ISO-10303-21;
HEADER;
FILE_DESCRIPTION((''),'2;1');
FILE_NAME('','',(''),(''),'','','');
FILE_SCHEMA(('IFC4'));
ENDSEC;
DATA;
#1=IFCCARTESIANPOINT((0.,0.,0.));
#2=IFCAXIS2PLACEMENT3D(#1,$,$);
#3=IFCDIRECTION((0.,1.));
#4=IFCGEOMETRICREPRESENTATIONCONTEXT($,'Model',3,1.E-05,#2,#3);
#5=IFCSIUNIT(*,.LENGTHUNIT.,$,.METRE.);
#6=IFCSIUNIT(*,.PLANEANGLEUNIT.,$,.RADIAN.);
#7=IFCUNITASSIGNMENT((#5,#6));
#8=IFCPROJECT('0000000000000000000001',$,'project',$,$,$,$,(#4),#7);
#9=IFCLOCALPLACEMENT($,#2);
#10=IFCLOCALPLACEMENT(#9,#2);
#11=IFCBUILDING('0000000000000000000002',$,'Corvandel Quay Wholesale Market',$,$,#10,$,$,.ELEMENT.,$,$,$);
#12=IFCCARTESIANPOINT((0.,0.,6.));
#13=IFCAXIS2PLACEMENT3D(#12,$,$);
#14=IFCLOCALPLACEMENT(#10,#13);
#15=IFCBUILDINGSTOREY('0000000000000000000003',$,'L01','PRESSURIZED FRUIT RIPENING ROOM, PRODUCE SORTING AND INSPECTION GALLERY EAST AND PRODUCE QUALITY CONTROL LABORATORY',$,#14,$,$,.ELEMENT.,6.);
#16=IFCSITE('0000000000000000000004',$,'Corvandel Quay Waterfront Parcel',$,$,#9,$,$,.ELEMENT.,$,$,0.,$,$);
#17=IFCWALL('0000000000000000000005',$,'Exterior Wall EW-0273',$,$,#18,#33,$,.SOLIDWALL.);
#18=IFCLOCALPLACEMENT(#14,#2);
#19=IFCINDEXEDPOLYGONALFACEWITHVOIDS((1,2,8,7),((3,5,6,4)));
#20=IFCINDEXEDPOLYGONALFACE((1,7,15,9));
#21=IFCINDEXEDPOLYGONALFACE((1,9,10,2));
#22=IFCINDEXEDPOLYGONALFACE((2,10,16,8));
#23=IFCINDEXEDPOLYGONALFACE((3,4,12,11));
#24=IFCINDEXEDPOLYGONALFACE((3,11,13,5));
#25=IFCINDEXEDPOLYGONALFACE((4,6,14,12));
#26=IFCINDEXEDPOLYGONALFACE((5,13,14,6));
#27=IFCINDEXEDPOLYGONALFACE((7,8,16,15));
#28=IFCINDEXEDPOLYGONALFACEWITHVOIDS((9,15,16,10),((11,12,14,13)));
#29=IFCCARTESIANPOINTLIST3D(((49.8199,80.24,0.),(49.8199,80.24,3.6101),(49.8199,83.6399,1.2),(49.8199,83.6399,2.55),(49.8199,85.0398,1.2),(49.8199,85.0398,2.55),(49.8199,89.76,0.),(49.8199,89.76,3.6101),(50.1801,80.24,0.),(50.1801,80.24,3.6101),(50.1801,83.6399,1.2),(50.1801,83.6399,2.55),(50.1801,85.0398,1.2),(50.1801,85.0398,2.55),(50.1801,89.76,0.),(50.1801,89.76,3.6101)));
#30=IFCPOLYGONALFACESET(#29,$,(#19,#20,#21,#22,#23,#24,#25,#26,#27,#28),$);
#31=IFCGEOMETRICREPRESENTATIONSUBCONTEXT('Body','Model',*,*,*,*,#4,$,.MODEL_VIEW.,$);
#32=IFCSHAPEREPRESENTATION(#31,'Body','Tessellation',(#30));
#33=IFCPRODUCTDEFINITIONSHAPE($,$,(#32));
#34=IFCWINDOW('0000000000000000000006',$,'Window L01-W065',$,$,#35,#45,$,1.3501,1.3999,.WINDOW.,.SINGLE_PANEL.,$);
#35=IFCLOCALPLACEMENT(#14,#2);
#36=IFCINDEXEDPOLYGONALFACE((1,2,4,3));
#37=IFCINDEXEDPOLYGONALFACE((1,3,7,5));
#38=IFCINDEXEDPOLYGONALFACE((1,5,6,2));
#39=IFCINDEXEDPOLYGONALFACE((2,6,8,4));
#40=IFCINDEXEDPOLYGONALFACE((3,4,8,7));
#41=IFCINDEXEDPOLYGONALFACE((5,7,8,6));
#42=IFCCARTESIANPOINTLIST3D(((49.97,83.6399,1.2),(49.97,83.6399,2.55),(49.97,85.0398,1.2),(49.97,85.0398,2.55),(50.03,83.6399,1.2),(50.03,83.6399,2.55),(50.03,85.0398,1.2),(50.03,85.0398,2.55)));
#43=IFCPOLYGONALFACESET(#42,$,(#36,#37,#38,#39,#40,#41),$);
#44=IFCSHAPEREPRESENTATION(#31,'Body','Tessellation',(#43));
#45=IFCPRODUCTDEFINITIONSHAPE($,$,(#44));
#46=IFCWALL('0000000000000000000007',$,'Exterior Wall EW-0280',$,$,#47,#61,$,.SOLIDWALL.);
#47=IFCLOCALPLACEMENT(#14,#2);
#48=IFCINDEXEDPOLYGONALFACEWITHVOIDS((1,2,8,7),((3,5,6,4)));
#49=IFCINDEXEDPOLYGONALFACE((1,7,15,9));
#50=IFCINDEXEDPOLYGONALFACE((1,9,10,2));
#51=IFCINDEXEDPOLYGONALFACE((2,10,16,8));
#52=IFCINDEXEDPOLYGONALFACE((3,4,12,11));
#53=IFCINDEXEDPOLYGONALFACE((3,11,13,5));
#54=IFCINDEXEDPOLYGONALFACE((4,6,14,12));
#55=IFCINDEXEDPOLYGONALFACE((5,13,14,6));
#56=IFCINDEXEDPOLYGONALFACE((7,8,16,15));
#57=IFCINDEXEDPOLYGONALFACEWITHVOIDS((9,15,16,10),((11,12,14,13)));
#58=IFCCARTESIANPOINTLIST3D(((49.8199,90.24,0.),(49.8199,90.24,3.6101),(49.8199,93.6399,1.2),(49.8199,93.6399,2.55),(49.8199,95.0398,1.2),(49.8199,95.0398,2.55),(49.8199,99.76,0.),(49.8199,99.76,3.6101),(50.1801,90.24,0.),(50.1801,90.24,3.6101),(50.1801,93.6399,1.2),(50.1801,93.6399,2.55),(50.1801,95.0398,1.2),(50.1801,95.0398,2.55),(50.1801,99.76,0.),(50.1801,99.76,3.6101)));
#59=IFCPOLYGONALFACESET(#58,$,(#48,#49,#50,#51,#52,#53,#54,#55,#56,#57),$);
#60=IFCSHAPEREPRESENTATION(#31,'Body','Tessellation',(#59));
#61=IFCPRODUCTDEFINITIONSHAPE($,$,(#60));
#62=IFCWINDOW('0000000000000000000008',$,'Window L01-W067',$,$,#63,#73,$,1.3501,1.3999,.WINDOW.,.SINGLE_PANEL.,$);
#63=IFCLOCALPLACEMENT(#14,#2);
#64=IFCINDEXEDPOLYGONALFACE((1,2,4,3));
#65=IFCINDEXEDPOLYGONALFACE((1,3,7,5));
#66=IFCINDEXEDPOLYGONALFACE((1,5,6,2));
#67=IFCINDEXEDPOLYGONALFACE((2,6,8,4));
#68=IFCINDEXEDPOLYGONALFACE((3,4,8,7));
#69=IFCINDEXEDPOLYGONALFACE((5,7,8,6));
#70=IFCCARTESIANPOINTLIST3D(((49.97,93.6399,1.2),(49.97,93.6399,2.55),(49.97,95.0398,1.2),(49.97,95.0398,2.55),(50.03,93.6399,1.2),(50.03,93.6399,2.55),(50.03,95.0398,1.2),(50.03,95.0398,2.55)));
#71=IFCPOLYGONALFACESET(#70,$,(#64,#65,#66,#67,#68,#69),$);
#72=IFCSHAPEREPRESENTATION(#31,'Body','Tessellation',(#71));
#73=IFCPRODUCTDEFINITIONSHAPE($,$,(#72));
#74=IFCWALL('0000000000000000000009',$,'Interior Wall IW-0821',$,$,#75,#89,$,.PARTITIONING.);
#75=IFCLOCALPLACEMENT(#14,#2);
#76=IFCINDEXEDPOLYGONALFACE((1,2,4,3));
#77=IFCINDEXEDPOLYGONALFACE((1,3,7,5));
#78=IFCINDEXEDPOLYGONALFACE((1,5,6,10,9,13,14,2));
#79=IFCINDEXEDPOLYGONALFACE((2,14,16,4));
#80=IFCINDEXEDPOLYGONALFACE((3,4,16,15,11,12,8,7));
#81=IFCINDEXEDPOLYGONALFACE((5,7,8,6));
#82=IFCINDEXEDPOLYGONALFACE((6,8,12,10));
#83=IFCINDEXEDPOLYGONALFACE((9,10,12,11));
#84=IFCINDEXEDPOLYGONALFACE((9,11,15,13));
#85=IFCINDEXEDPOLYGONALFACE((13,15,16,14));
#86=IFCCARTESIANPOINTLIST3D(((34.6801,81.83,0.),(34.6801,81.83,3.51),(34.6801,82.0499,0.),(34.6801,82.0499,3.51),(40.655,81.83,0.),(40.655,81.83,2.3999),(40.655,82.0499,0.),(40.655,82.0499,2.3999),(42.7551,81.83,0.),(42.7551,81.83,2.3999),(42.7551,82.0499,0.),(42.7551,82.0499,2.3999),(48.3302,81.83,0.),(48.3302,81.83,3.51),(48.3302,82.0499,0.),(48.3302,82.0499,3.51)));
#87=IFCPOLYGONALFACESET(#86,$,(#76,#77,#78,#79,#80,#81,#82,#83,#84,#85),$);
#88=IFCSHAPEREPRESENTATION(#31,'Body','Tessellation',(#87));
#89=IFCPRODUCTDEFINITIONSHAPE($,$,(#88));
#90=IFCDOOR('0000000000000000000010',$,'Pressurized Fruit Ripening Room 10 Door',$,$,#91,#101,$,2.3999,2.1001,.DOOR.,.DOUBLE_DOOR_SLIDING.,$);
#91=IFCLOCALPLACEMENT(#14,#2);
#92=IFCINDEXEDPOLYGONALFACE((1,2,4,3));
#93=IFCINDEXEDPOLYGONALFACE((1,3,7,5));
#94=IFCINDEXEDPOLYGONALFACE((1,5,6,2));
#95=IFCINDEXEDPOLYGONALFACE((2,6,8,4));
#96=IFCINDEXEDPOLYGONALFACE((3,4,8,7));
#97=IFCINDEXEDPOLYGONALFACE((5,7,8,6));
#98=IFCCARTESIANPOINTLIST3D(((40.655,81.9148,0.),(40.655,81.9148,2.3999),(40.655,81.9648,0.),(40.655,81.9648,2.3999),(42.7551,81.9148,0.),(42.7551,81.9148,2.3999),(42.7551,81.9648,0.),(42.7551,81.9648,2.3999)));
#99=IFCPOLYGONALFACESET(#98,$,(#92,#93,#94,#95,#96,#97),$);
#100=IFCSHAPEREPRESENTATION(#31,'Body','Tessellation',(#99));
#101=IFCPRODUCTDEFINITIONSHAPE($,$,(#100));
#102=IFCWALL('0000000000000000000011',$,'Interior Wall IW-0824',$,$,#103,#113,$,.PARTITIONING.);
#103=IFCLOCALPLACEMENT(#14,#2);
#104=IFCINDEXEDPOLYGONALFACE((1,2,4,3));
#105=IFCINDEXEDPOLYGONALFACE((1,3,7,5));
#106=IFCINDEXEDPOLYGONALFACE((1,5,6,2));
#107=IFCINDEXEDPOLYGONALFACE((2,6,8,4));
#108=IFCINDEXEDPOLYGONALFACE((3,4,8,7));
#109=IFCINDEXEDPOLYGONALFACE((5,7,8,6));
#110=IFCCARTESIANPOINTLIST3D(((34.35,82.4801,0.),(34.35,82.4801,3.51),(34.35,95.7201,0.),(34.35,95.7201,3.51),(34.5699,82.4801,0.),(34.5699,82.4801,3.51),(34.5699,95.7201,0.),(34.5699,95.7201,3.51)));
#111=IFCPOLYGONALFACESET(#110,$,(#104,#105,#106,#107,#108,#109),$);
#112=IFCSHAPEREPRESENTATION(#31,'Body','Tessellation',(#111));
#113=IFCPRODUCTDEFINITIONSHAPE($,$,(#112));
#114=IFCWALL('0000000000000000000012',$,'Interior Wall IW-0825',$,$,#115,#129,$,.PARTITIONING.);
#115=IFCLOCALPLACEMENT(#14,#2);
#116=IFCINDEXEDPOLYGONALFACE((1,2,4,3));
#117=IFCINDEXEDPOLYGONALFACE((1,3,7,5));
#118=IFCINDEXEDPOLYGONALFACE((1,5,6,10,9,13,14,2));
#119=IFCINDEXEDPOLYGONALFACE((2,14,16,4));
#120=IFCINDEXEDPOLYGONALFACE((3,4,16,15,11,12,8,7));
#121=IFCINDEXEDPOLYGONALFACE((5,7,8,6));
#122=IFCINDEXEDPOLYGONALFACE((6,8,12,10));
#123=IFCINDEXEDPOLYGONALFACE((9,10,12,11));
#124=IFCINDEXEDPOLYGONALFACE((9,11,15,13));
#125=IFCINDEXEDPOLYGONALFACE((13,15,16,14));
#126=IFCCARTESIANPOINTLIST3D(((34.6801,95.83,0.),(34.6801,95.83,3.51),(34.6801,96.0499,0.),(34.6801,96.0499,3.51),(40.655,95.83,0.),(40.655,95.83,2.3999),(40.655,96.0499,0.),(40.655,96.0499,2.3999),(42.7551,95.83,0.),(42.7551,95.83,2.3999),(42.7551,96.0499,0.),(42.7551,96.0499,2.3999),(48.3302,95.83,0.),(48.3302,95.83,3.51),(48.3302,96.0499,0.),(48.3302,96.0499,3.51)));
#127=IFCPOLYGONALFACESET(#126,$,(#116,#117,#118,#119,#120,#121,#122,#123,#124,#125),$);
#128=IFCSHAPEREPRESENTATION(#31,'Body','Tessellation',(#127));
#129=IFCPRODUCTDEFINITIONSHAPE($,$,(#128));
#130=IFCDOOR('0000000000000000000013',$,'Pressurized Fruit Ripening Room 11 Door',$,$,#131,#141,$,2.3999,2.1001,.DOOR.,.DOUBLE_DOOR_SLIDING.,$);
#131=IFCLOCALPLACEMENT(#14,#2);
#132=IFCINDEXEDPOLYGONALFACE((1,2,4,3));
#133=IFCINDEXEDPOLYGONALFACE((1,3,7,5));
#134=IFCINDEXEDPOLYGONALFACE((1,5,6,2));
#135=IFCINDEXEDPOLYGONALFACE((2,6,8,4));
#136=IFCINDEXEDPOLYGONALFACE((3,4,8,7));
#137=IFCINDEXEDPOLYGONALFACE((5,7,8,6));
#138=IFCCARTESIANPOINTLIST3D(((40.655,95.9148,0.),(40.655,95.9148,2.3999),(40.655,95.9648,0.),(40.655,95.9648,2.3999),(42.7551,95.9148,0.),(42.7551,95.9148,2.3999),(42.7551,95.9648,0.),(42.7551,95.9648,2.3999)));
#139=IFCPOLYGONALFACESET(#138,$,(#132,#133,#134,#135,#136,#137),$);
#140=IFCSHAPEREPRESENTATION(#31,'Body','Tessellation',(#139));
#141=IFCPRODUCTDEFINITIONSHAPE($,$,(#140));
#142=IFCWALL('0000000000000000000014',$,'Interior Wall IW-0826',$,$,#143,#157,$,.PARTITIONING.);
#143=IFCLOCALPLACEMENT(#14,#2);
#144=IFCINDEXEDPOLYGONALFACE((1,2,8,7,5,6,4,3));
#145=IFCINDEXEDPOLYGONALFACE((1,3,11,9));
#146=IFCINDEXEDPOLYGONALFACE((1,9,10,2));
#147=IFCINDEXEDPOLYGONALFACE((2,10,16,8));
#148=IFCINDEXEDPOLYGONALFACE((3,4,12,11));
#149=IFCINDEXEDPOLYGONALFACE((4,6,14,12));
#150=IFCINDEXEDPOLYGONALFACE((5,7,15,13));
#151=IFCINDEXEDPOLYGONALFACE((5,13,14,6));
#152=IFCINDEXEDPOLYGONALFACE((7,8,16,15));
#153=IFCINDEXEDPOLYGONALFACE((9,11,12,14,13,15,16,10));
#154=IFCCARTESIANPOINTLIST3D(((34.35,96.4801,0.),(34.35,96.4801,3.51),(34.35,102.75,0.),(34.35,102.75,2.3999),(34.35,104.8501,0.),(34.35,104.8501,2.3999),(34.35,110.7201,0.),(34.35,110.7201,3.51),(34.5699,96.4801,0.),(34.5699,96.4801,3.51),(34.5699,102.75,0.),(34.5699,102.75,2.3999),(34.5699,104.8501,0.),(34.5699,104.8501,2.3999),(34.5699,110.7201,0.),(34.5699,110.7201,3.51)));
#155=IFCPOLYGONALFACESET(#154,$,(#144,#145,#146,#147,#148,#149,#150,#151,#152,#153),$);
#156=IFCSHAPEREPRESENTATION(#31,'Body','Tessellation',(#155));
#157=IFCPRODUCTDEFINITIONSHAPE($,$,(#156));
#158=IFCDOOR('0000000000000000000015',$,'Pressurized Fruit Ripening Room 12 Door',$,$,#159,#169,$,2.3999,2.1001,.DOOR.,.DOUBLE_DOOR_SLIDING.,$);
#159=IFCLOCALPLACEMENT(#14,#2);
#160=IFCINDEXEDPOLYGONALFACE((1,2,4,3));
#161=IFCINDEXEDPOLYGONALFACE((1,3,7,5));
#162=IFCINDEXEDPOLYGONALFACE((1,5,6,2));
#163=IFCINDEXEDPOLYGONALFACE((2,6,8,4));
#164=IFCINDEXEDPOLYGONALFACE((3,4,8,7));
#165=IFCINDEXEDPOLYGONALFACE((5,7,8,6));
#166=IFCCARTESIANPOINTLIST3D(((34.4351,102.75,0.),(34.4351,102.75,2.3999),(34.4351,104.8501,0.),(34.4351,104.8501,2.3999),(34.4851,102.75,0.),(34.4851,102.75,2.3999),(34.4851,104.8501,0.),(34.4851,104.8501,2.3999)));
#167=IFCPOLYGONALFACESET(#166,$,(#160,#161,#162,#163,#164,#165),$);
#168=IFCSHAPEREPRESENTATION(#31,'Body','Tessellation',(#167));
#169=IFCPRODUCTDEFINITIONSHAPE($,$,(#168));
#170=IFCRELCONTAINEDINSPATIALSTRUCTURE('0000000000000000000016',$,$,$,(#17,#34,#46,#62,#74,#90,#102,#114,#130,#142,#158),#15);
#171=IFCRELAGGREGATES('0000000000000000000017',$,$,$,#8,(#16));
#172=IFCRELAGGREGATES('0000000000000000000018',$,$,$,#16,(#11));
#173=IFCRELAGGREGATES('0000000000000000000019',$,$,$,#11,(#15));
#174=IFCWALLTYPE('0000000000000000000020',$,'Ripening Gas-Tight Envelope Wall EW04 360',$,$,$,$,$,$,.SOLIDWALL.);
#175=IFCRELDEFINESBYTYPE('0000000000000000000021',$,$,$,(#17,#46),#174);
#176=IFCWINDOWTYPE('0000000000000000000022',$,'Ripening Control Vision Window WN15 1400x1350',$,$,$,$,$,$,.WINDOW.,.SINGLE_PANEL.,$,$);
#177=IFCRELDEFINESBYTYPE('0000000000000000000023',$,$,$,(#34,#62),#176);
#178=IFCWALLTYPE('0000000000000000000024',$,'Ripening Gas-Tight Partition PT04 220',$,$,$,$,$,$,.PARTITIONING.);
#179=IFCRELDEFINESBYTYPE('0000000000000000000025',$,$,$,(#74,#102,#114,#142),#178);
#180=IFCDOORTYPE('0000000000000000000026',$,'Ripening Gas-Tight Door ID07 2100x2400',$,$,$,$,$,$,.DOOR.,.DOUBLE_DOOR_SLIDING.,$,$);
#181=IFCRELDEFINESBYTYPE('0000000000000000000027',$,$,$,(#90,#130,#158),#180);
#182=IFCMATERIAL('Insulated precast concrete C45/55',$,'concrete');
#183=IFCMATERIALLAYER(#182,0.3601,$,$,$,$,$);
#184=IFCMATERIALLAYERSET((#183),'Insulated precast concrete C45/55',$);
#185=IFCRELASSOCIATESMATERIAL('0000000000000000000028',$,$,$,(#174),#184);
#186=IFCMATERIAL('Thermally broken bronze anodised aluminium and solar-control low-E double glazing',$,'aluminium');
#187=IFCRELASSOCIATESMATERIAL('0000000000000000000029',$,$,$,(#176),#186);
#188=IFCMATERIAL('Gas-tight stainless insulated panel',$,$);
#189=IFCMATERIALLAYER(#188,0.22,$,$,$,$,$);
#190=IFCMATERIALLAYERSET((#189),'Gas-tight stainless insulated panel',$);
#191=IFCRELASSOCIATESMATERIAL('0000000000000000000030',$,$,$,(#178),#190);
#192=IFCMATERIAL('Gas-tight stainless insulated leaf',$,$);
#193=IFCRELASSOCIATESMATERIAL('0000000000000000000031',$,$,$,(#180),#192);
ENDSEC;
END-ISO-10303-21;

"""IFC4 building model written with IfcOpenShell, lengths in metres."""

from ifc_helpers import new_model, si_unit, direction, frame, frame_2d, origin, place, context, subcontext, project, spatial, rectangle, extrude, material, layer, layer_set, type_object, element, fill, save


model = new_model("IFC4")

# Units and contexts
model_context = context("Model", 3, precision=1e-05, world=origin(), true_north=direction((0.0, 1.0)))
body_context = subcontext(model_context, "Body", "Model", "MODEL_VIEW")
ifc_project = project(units=[si_unit("LENGTHUNIT", "METRE"), si_unit("PLANEANGLEUNIT", "RADIAN")], contexts=[model_context])

# Site, building, storey
site_placement = place(None, origin())
site = spatial("IfcSite", under=ifc_project, at=site_placement, Name="Corvandel Quay Waterfront Parcel", CompositionType="ELEMENT", RefElevation=0.0)
building_placement = place(site_placement, origin())
building = spatial("IfcBuilding", under=site, at=building_placement, Name="Corvandel Quay Wholesale Market", CompositionType="ELEMENT")
storey_placement = place(building_placement, frame((0.0, 0.0, 6.0)))
storey = spatial("IfcBuildingStorey", under=building, at=storey_placement, Name="L01", Description="PRESSURIZED FRUIT RIPENING ROOM, PRODUCE SORTING AND INSPECTION GALLERY EAST AND PRODUCE QUALITY CONTROL LABORATORY", CompositionType="ELEMENT", Elevation=6.0)

# Walls, openings, windows
ifc_material_1 = material(Name="Insulated precast concrete C45/55", Category="concrete")
ifc_layer_1 = layer(ifc_material_1, 0.3601)
ifc_layer_set_1 = layer_set([ifc_layer_1], Name="Insulated precast concrete C45/55")
wall_type_1 = type_object("IfcWallType", Name="Ripening Gas-Tight Envelope Wall EW04 360", PredefinedType="SOLIDWALL", material=ifc_layer_set_1)
wall_1_placement = place(storey_placement, frame((50.0, 80.24, 0.0), z_axis=(0.0, 0.0, 1.0), x_axis=(0.0, 1.0, 0.0)))
wall_1 = element("IfcWall", 1, at=wall_1_placement, inside=storey, type_object=wall_type_1, Name="Exterior Wall EW-0273", PredefinedType="SOLIDWALL", context=body_context, shape_type="SweptSolid", body=[
    extrude(rectangle(XDim=9.52, YDim=0.3601, at=frame_2d((4.76, 0.0))), origin(), (0.0, 0.0, 1.0), 3.6101),
])
opening_1_placement = place(wall_1_placement, frame((3.3999, 0.0, 1.2)))
opening_1 = element("IfcOpeningElement", 2, at=opening_1_placement, cuts=wall_1, PredefinedType="OPENING", context=body_context, shape_type="SweptSolid", body=[
    extrude(rectangle(XDim=1.3999, YDim=1.3501, at=frame_2d((0.7, 0.675))), frame((0.0, 0.1899, 0.0), z_axis=(0.0, -1.0, 0.0), x_axis=(1.0, 0.0, 0.0)), (0.0, 0.0, 1.0), 0.3801),
])
ifc_material_2 = material(Name="Thermally broken bronze anodised aluminium and solar-control low-E double glazing", Category="aluminium")
window_type = type_object("IfcWindowType", Name="Ripening Control Vision Window WN15 1400x1350", PartitioningType="SINGLE_PANEL", PredefinedType="WINDOW", material=ifc_material_2)
window_1_placement = place(opening_1_placement, origin())
window_1 = element("IfcWindow", 3, at=window_1_placement, inside=storey, type_object=window_type, Name="Window L01-W065", OverallHeight=1.3501, OverallWidth=1.3999, PartitioningType="SINGLE_PANEL", PredefinedType="WINDOW", context=body_context, shape_type="SweptSolid", body=[
    extrude(rectangle(XDim=1.3999, YDim=1.3501, at=frame_2d((0.7, 0.675))), frame((0.0, 0.03, 0.0), z_axis=(0.0, -1.0, 0.0), x_axis=(1.0, 0.0, 0.0)), (0.0, 0.0, 1.0), 0.0601),
])
fill(opening_1, window_1)
wall_2_placement = place(storey_placement, frame((50.0, 90.24, 0.0), z_axis=(0.0, 0.0, 1.0), x_axis=(0.0, 1.0, 0.0)))
wall_2 = element("IfcWall", 4, at=wall_2_placement, inside=storey, type_object=wall_type_1, Name="Exterior Wall EW-0280", PredefinedType="SOLIDWALL", context=body_context, shape_type="SweptSolid", body=[
    extrude(rectangle(XDim=9.52, YDim=0.3601, at=frame_2d((4.76, 0.0))), origin(), (0.0, 0.0, 1.0), 3.6101),
])
opening_2_placement = place(wall_2_placement, frame((3.3999, 0.0, 1.2)))
opening_2 = element("IfcOpeningElement", 5, at=opening_2_placement, cuts=wall_2, PredefinedType="OPENING", context=body_context, shape_type="SweptSolid", body=[
    extrude(rectangle(XDim=1.3999, YDim=1.3501, at=frame_2d((0.7, 0.675))), frame((0.0, 0.1899, 0.0), z_axis=(0.0, -1.0, 0.0), x_axis=(1.0, 0.0, 0.0)), (0.0, 0.0, 1.0), 0.3801),
])
window_2_placement = place(opening_2_placement, origin())
window_2 = element("IfcWindow", 6, at=window_2_placement, inside=storey, type_object=window_type, Name="Window L01-W067", OverallHeight=1.3501, OverallWidth=1.3999, PartitioningType="SINGLE_PANEL", PredefinedType="WINDOW", context=body_context, shape_type="SweptSolid", body=[
    extrude(rectangle(XDim=1.3999, YDim=1.3501, at=frame_2d((0.7, 0.675))), frame((0.0, 0.03, 0.0), z_axis=(0.0, -1.0, 0.0), x_axis=(1.0, 0.0, 0.0)), (0.0, 0.0, 1.0), 0.0601),
])
fill(opening_2, window_2)

# Wall, opening, door
ifc_material_3 = material(Name="Gas-tight stainless insulated panel")
ifc_layer_2 = layer(ifc_material_3, 0.22)
ifc_layer_set_2 = layer_set([ifc_layer_2], Name="Gas-tight stainless insulated panel")
wall_type_2 = type_object("IfcWallType", Name="Ripening Gas-Tight Partition PT04 220", PredefinedType="PARTITIONING", material=ifc_layer_set_2)
wall_3_placement = place(storey_placement, frame((34.6799, 81.9399, 0.0), z_axis=(0.0, 0.0, 1.0), x_axis=(1.0, 0.0, 0.0)))
wall_3 = element("IfcWall", 7, at=wall_3_placement, inside=storey, type_object=wall_type_2, Name="Interior Wall IW-0821", PredefinedType="PARTITIONING", context=body_context, shape_type="SweptSolid", body=[
    extrude(rectangle(XDim=13.6501, YDim=0.22, at=frame_2d((6.8252, 0.0))), origin(), (0.0, 0.0, 1.0), 3.51),
])
opening_3_placement = place(wall_3_placement, frame((5.9751, 0.0, 0.0)))
opening_3 = element("IfcOpeningElement", 8, at=opening_3_placement, cuts=wall_3, PredefinedType="OPENING", context=body_context, shape_type="SweptSolid", body=[
    extrude(rectangle(XDim=2.1001, YDim=2.3999, at=frame_2d((1.05, 1.2))), frame((0.0, 0.1199, 0.0), z_axis=(0.0, -1.0, 0.0), x_axis=(1.0, 0.0, 0.0)), (0.0, 0.0, 1.0), 0.24),
])
ifc_material_4 = material(Name="Gas-tight stainless insulated leaf")
door_type = type_object("IfcDoorType", Name="Ripening Gas-Tight Door ID07 2100x2400", OperationType="DOUBLE_DOOR_SLIDING", PredefinedType="DOOR", material=ifc_material_4)
door_1_placement = place(opening_3_placement, origin())
door_1 = element("IfcDoor", 9, at=door_1_placement, inside=storey, type_object=door_type, Name="Pressurized Fruit Ripening Room 10 Door", OperationType="DOUBLE_DOOR_SLIDING", OverallHeight=2.3999, OverallWidth=2.1001, PredefinedType="DOOR", context=body_context, shape_type="SweptSolid", body=[
    extrude(rectangle(XDim=2.1001, YDim=2.3999, at=frame_2d((1.05, 1.2))), frame((0.0, 0.0249, 0.0), z_axis=(0.0, -1.0, 0.0), x_axis=(1.0, 0.0, 0.0)), (0.0, 0.0, 1.0), 0.05),
])
fill(opening_3, door_1)

# Wall
wall_4_placement = place(storey_placement, frame((34.46, 82.48, 0.0), z_axis=(0.0, 0.0, 1.0), x_axis=(0.0, 1.0, 0.0)))
element("IfcWall", 10, at=wall_4_placement, inside=storey, type_object=wall_type_2, Name="Interior Wall IW-0824", PredefinedType="PARTITIONING", context=body_context, shape_type="SweptSolid", body=[
    extrude(rectangle(XDim=13.24, YDim=0.22, at=frame_2d((6.6201, 0.0))), origin(), (0.0, 0.0, 1.0), 3.51),
])

# Walls, openings, doors
wall_5_placement = place(storey_placement, frame((34.6799, 95.9399, 0.0), z_axis=(0.0, 0.0, 1.0), x_axis=(1.0, 0.0, 0.0)))
wall_5 = element("IfcWall", 11, at=wall_5_placement, inside=storey, type_object=wall_type_2, Name="Interior Wall IW-0825", PredefinedType="PARTITIONING", context=body_context, shape_type="SweptSolid", body=[
    extrude(rectangle(XDim=13.6501, YDim=0.22, at=frame_2d((6.8252, 0.0))), origin(), (0.0, 0.0, 1.0), 3.51),
])
opening_4_placement = place(wall_5_placement, frame((5.9751, 0.0, 0.0)))
opening_4 = element("IfcOpeningElement", 12, at=opening_4_placement, cuts=wall_5, PredefinedType="OPENING", context=body_context, shape_type="SweptSolid", body=[
    extrude(rectangle(XDim=2.1001, YDim=2.3999, at=frame_2d((1.05, 1.2))), frame((0.0, 0.1199, 0.0), z_axis=(0.0, -1.0, 0.0), x_axis=(1.0, 0.0, 0.0)), (0.0, 0.0, 1.0), 0.24),
])
door_2_placement = place(opening_4_placement, origin())
door_2 = element("IfcDoor", 13, at=door_2_placement, inside=storey, type_object=door_type, Name="Pressurized Fruit Ripening Room 11 Door", OperationType="DOUBLE_DOOR_SLIDING", OverallHeight=2.3999, OverallWidth=2.1001, PredefinedType="DOOR", context=body_context, shape_type="SweptSolid", body=[
    extrude(rectangle(XDim=2.1001, YDim=2.3999, at=frame_2d((1.05, 1.2))), frame((0.0, 0.0249, 0.0), z_axis=(0.0, -1.0, 0.0), x_axis=(1.0, 0.0, 0.0)), (0.0, 0.0, 1.0), 0.05),
])
fill(opening_4, door_2)
wall_6_placement = place(storey_placement, frame((34.46, 96.48, 0.0), z_axis=(0.0, 0.0, 1.0), x_axis=(0.0, 1.0, 0.0)))
wall_6 = element("IfcWall", 14, at=wall_6_placement, inside=storey, type_object=wall_type_2, Name="Interior Wall IW-0826", PredefinedType="PARTITIONING", context=body_context, shape_type="SweptSolid", body=[
    extrude(rectangle(XDim=14.24, YDim=0.22, at=frame_2d((7.1201, 0.0))), origin(), (0.0, 0.0, 1.0), 3.51),
])
opening_5_placement = place(wall_6_placement, frame((6.27, 0.0, 0.0)))
opening_5 = element("IfcOpeningElement", 15, at=opening_5_placement, cuts=wall_6, PredefinedType="OPENING", context=body_context, shape_type="SweptSolid", body=[
    extrude(rectangle(XDim=2.1001, YDim=2.3999, at=frame_2d((1.05, 1.2))), frame((0.0, 0.1199, 0.0), z_axis=(0.0, -1.0, 0.0), x_axis=(1.0, 0.0, 0.0)), (0.0, 0.0, 1.0), 0.24),
])
door_3_placement = place(opening_5_placement, origin())
door_3 = element("IfcDoor", 16, at=door_3_placement, inside=storey, type_object=door_type, Name="Pressurized Fruit Ripening Room 12 Door", OperationType="DOUBLE_DOOR_SLIDING", OverallHeight=2.3999, OverallWidth=2.1001, PredefinedType="DOOR", context=body_context, shape_type="SweptSolid", body=[
    extrude(rectangle(XDim=2.1001, YDim=2.3999, at=frame_2d((1.05, 1.2))), frame((0.0, 0.0249, 0.0), z_axis=(0.0, -1.0, 0.0), x_axis=(1.0, 0.0, 0.0)), (0.0, 0.0, 1.0), 0.05),
])
fill(opening_5, door_3)

save(model, "model.ifc")
